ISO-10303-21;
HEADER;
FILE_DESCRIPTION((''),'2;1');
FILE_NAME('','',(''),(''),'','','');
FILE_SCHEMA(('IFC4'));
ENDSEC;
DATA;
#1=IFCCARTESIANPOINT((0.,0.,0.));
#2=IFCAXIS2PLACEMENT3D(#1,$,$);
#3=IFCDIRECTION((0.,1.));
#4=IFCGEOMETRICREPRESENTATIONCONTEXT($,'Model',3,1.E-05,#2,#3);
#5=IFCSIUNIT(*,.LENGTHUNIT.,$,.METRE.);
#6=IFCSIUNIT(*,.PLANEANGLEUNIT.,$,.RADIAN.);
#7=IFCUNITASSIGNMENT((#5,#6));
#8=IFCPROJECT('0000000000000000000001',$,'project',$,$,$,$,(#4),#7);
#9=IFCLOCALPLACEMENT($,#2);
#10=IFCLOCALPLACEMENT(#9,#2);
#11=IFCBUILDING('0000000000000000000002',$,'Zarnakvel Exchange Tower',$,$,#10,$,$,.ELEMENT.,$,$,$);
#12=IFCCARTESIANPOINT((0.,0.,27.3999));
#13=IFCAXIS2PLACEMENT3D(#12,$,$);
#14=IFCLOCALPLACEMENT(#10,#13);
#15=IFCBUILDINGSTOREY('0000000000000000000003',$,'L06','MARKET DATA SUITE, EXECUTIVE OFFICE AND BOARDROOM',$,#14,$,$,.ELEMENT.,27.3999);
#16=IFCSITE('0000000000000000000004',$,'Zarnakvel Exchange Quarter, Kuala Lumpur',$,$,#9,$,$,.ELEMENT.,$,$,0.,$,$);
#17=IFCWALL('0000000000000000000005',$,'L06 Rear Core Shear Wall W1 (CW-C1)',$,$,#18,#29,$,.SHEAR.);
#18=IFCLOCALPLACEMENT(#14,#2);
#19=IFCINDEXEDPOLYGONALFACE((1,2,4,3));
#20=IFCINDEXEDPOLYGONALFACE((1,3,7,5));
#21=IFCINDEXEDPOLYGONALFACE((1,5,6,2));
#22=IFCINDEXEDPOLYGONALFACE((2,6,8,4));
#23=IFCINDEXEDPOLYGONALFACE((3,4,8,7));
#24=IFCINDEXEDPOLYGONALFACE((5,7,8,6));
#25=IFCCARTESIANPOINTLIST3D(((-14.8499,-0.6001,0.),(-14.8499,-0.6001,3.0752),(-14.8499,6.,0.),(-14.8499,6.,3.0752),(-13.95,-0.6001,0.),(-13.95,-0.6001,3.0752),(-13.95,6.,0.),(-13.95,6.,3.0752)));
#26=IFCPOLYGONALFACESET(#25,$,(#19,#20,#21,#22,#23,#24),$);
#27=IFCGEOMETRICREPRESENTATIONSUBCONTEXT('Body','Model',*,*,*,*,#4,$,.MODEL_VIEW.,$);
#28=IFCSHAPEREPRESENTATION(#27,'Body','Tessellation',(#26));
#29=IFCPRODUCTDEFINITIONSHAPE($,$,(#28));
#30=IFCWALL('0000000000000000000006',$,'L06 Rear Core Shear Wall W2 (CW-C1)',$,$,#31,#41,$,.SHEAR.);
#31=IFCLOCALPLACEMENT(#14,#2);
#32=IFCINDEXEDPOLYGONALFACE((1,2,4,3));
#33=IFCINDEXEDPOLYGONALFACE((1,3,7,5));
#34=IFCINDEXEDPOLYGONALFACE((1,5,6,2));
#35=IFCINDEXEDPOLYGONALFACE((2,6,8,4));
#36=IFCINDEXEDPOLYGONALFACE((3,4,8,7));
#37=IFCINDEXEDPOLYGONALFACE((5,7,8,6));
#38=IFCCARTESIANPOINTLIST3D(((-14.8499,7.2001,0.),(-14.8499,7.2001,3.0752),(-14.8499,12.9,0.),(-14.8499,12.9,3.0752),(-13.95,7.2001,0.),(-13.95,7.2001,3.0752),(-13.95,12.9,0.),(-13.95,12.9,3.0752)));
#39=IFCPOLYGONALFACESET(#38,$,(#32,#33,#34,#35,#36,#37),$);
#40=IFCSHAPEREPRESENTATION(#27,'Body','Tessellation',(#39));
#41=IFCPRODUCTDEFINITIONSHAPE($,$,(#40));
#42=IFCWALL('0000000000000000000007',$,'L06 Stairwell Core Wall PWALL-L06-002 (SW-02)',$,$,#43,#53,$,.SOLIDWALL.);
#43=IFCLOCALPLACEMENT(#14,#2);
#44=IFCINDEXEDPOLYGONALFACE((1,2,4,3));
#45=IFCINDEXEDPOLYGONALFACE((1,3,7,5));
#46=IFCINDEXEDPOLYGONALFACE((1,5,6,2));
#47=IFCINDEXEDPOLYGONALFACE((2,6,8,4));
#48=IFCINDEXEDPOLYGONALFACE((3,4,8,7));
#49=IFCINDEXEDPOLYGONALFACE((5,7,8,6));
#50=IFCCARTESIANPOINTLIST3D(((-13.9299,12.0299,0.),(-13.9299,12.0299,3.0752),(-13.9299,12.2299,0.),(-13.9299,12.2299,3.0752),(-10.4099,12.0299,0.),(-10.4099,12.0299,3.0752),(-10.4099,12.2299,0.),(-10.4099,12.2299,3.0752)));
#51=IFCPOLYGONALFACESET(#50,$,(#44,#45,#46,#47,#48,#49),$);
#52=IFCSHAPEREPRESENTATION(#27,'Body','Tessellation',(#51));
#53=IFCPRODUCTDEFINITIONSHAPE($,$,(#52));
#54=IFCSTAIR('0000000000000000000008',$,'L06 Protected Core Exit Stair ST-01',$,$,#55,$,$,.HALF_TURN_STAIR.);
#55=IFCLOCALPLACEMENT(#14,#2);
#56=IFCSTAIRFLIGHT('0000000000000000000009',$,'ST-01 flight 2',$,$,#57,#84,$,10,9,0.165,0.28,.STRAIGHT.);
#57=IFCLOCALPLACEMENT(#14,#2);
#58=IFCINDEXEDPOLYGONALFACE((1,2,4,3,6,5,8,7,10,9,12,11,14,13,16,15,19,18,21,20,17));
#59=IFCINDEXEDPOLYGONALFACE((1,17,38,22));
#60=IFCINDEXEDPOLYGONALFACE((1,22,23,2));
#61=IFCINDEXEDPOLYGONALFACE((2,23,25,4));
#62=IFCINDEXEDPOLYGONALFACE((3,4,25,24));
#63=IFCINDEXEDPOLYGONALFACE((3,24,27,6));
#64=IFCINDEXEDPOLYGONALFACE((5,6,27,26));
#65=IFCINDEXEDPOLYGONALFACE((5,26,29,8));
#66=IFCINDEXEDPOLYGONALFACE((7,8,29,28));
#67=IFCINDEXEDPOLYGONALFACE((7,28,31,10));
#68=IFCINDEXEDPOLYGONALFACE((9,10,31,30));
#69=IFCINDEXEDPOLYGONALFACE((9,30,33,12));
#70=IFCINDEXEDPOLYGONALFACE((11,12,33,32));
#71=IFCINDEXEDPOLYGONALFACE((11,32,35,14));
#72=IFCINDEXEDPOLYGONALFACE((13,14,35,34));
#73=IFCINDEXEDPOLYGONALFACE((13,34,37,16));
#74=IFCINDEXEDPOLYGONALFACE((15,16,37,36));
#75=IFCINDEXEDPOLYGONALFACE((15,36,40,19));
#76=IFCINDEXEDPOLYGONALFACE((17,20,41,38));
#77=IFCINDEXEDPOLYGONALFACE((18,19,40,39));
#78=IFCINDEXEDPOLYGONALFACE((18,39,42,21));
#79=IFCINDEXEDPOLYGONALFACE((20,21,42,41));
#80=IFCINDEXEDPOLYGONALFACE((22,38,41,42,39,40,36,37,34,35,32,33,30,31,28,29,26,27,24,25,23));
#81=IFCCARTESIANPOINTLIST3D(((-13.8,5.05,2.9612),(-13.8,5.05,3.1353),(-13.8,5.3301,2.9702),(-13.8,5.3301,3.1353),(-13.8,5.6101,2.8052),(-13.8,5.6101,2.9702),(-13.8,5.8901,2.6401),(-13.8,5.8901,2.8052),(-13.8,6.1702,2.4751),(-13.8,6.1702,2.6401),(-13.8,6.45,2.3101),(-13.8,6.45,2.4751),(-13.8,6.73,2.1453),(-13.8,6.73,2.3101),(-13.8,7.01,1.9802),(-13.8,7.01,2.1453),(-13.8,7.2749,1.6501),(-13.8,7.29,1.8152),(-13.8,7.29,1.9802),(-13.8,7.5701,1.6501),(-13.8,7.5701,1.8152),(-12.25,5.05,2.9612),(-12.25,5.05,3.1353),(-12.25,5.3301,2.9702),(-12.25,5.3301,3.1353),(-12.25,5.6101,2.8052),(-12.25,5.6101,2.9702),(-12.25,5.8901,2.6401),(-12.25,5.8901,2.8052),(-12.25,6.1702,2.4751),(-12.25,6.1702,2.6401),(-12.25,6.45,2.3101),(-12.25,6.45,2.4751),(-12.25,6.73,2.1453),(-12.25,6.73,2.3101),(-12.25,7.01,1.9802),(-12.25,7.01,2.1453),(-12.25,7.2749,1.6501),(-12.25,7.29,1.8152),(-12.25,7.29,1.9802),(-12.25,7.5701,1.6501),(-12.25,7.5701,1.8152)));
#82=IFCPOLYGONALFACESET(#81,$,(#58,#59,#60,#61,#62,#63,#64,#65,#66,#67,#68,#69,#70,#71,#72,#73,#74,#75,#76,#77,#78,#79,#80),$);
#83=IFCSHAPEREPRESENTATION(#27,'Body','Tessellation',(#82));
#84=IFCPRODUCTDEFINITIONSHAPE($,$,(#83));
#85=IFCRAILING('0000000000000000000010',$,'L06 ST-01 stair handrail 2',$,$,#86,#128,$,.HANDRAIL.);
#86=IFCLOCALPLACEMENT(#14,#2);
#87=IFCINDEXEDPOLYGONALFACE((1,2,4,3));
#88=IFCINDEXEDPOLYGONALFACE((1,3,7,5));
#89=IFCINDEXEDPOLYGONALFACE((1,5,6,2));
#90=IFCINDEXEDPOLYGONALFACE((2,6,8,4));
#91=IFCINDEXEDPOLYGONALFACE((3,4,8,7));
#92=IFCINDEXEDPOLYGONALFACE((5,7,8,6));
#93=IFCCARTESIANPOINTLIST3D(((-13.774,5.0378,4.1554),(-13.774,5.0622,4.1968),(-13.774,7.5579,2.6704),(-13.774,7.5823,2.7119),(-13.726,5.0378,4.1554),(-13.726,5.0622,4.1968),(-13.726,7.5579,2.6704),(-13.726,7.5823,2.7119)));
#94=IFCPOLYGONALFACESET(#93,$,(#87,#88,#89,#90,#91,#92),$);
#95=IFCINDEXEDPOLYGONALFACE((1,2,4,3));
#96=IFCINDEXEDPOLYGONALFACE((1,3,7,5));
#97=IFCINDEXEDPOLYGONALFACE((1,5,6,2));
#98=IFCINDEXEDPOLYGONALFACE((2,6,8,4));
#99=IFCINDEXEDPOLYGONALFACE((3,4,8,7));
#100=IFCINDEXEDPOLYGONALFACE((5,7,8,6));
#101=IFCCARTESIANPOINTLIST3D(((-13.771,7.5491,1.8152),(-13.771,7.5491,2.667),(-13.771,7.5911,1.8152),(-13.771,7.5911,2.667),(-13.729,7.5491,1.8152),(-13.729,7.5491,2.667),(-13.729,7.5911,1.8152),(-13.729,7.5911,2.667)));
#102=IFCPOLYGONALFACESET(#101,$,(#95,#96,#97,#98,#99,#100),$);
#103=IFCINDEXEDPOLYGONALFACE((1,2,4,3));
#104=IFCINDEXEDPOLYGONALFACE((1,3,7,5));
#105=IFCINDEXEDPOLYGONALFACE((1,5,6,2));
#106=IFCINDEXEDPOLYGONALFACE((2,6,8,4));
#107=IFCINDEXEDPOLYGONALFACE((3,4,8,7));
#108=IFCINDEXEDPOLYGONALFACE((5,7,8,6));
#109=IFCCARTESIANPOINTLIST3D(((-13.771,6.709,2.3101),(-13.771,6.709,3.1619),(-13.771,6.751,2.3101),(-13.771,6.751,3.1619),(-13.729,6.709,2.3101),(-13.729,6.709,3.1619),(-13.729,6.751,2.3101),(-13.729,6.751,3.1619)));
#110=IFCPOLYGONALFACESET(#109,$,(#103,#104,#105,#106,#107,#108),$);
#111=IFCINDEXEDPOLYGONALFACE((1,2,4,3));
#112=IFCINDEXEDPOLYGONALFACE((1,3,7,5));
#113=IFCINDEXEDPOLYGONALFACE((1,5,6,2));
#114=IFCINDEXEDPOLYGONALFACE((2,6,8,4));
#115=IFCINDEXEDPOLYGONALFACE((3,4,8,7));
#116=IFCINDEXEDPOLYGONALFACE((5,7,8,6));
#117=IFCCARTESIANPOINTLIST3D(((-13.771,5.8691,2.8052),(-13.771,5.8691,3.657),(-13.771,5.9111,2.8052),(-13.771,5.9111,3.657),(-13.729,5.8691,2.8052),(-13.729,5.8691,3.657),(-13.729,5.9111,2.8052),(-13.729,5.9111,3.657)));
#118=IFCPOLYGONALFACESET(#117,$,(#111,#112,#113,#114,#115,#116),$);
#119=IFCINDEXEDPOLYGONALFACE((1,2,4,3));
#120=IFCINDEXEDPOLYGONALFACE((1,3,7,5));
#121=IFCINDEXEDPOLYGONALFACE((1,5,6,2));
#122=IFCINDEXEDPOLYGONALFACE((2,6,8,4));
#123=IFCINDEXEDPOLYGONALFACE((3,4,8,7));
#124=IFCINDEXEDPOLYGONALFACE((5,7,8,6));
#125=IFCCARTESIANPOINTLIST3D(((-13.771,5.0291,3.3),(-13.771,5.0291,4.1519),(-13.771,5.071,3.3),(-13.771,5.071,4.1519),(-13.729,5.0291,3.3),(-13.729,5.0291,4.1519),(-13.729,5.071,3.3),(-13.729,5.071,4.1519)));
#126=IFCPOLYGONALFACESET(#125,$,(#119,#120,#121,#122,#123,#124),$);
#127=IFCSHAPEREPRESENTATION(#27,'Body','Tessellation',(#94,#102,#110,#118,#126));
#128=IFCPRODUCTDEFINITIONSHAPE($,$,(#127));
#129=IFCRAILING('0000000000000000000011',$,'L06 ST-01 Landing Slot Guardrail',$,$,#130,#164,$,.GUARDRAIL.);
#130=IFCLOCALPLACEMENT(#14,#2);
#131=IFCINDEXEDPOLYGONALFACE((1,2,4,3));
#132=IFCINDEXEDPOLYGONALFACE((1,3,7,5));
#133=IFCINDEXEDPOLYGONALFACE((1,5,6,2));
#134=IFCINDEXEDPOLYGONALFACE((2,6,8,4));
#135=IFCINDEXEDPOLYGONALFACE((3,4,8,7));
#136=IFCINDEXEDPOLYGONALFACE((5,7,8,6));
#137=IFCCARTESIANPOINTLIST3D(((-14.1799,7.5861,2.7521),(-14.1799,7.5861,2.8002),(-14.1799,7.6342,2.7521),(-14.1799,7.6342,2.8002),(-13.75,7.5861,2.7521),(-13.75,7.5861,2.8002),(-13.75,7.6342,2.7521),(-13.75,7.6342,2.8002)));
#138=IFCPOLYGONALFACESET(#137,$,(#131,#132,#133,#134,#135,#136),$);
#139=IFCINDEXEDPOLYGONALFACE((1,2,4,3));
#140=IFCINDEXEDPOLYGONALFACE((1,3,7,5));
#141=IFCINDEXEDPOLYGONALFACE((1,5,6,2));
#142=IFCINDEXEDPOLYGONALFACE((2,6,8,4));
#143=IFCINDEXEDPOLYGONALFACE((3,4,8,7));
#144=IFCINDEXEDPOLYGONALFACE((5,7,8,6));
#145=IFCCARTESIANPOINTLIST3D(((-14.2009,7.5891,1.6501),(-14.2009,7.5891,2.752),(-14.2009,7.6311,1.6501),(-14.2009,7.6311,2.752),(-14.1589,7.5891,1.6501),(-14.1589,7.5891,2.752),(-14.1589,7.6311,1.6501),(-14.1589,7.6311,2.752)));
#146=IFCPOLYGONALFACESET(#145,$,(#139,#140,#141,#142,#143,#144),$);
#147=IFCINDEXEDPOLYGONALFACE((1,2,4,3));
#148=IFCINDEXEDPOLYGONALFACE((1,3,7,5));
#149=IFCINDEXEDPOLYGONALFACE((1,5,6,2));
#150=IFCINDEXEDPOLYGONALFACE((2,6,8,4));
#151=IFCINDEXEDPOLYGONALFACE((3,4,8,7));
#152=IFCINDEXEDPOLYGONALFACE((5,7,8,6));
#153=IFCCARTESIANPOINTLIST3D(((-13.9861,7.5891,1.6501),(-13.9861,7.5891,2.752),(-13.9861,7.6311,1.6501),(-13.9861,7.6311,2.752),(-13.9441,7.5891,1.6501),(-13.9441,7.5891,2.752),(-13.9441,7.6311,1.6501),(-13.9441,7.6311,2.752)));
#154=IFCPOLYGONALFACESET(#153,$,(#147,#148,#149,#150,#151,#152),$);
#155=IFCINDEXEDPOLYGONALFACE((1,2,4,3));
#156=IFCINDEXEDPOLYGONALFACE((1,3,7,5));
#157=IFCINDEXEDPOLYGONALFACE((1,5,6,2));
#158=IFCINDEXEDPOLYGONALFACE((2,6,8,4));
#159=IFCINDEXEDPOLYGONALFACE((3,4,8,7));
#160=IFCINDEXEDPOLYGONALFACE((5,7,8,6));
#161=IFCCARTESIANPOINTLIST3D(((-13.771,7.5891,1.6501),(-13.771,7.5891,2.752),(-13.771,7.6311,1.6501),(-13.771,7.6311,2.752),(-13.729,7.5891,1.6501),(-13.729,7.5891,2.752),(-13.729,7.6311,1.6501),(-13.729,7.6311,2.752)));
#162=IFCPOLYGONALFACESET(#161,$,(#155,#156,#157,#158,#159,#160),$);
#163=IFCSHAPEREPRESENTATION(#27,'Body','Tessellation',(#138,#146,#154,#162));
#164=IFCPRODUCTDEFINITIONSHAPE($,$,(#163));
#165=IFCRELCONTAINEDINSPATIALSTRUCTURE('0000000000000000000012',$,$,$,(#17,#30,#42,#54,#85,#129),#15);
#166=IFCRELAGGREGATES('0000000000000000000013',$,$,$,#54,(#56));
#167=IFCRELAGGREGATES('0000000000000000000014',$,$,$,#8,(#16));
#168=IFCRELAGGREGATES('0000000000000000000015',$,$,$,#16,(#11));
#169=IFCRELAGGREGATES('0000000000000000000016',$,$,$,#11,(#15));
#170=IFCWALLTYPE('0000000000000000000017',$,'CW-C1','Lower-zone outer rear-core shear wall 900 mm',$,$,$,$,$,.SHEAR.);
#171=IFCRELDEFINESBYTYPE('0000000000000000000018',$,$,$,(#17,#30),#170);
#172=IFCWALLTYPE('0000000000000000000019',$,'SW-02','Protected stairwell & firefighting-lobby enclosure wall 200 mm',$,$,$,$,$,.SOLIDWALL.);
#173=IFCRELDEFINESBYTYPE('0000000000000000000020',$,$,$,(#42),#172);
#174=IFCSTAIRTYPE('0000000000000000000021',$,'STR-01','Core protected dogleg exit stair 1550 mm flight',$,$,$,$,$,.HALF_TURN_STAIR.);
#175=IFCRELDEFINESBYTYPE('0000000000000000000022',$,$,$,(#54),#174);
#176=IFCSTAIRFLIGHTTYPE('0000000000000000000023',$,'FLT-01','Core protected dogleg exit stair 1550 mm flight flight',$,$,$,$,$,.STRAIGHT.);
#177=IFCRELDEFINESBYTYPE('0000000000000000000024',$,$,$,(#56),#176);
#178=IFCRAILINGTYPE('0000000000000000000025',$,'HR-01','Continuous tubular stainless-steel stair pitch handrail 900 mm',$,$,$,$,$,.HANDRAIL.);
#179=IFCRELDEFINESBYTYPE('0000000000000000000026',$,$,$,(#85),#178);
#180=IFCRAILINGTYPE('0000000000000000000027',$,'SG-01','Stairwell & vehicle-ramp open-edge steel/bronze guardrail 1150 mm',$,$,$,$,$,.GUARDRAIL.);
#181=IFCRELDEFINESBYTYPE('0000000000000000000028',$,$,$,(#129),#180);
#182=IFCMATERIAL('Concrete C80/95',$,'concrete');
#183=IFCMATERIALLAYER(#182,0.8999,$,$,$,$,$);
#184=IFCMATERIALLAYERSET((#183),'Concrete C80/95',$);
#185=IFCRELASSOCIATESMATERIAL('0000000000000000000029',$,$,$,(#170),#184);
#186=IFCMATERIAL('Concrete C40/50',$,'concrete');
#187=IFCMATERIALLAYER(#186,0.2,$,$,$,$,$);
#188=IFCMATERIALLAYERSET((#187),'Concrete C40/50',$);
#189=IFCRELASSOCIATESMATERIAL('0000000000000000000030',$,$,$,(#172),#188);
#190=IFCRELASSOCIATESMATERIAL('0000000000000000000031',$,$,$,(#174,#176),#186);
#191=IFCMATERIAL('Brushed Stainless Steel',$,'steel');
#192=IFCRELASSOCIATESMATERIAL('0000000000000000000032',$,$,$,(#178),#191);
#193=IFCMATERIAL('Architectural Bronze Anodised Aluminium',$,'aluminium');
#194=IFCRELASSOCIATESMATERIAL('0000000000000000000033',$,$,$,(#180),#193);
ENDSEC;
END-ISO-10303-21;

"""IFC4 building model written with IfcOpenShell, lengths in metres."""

from ifc_helpers import new_model, si_unit, direction, frame, frame_2d, origin, origin_2d, place, context, subcontext, project, spatial, polyline, rectangle, outline, extrude, material, layer, layer_set, type_object, element, aggregate, save


model = new_model("IFC4")

# Units and contexts
model_context = context("Model", 3, precision=1e-05, world=origin(), true_north=direction((0.0, 1.0)))
body_context = subcontext(model_context, "Body", "Model", "MODEL_VIEW")
ifc_project = project(units=[si_unit("LENGTHUNIT", "METRE"), si_unit("PLANEANGLEUNIT", "RADIAN")], contexts=[model_context])

# Site, building, storey
site_placement = place(None, origin())
site = spatial("IfcSite", under=ifc_project, at=site_placement, Name="Zarnakvel Exchange Quarter, Kuala Lumpur", CompositionType="ELEMENT", RefElevation=0.0)
building_placement = place(site_placement, origin())
building = spatial("IfcBuilding", under=site, at=building_placement, Name="Zarnakvel Exchange Tower", CompositionType="ELEMENT")
storey_placement = place(building_placement, frame((0.0, 0.0, 27.3999)))
storey = spatial("IfcBuildingStorey", under=building, at=storey_placement, Name="L06", Description="MARKET DATA SUITE, EXECUTIVE OFFICE AND BOARDROOM", CompositionType="ELEMENT", Elevation=27.3999)

# Shared definitions
ifc_material_1 = material(Name="Concrete C80/95", Category="concrete")

# Shared definitions
ifc_material_2 = material(Name="Architectural Bronze Anodised Aluminium", Category="aluminium")

# Walls
ifc_layer_1 = layer(ifc_material_1, 0.8999)
ifc_layer_set_1 = layer_set([ifc_layer_1], Name="Concrete C80/95")
wall_type_1 = type_object("IfcWallType", Name="CW-C1", Description="Lower-zone outer rear-core shear wall 900 mm", PredefinedType="SHEAR", material=ifc_layer_set_1)
wall_1_placement = place(storey_placement, frame((-14.3999, -0.6001, 0.0), z_axis=(0.0, 0.0, 1.0), x_axis=(0.0, 1.0, 0.0)))
element("IfcWall", 1, at=wall_1_placement, inside=storey, type_object=wall_type_1, Name="L06 Rear Core Shear Wall W1 (CW-C1)", PredefinedType="SHEAR", context=body_context, shape_type="SweptSolid", body=[
    extrude(rectangle(XDim=6.6001, YDim=0.8999, at=frame_2d((3.3, 0.0))), origin(), (0.0, 0.0, 1.0), 3.0752),
])
wall_2_placement = place(storey_placement, frame((-14.3999, 7.2, 0.0), z_axis=(0.0, 0.0, 1.0), x_axis=(0.0, 1.0, 0.0)))
element("IfcWall", 2, at=wall_2_placement, inside=storey, type_object=wall_type_1, Name="L06 Rear Core Shear Wall W2 (CW-C1)", PredefinedType="SHEAR", context=body_context, shape_type="SweptSolid", body=[
    extrude(rectangle(XDim=5.7, YDim=0.8999, at=frame_2d((2.8501, 0.0))), origin(), (0.0, 0.0, 1.0), 3.0752),
])
ifc_material_3 = material(Name="Concrete C40/50", Category="concrete")
ifc_layer_2 = layer(ifc_material_3, 0.2)
ifc_layer_set_2 = layer_set([ifc_layer_2], Name="Concrete C40/50")
wall_type_2 = type_object("IfcWallType", Name="SW-02", Description="Protected stairwell & firefighting-lobby enclosure wall 200 mm", PredefinedType="SOLIDWALL", material=ifc_layer_set_2)
wall_3_placement = place(storey_placement, frame((-13.9299, 12.1299, 0.0), z_axis=(0.0, 0.0, 1.0), x_axis=(1.0, 0.0, 0.0)))
element("IfcWall", 3, at=wall_3_placement, inside=storey, type_object=wall_type_2, Name="L06 Stairwell Core Wall PWALL-L06-002 (SW-02)", PredefinedType="SOLIDWALL", context=body_context, shape_type="SweptSolid", body=[
    extrude(rectangle(XDim=3.52, YDim=0.2, at=frame_2d((1.76, 0.0))), origin(), (0.0, 0.0, 1.0), 3.0752),
])

# Stair, stair flight
stair_type = type_object("IfcStairType", Name="STR-01", Description="Core protected dogleg exit stair 1550 mm flight", PredefinedType="HALF_TURN_STAIR", material=ifc_material_3)
stair_placement = place(storey_placement, origin())
stair = element("IfcStair", 4, at=stair_placement, inside=storey, type_object=stair_type, Name="L06 Protected Core Exit Stair ST-01", PredefinedType="HALF_TURN_STAIR")
stair_flight_type = type_object("IfcStairFlightType", Name="FLT-01", Description="Core protected dogleg exit stair 1550 mm flight flight", PredefinedType="STRAIGHT", material=ifc_material_3)
stair_flight_placement = place(storey_placement, frame((-13.0249, 7.5701, 1.6501), z_axis=(0.0, 0.0, 1.0), x_axis=(0.0, -1.0, 0.0)))
stair_flight = element("IfcStairFlight", 5, at=stair_flight_placement, type_object=stair_flight_type, Name="ST-01 flight 2", NumberOfRisers=10, NumberOfTreads=9, PredefinedType="STRAIGHT", RiserHeight=0.165, TreadLength=0.28, context=body_context, shape_type="SweptSolid", body=[
    extrude(outline(polyline([(0.0, 0.0), (0.0, 0.165), (0.28, 0.165), (0.28, 0.3301), (0.5601, 0.3301), (0.5601, 0.4951), (0.8401, 0.4951), (0.8401, 0.6599), (1.1201, 0.6599), (1.1201, 0.825), (1.3999, 0.825), (1.3999, 0.99), (1.6799, 0.99), (1.6799, 1.155), (1.96, 1.155), (1.96, 1.3201), (2.24, 1.3201), (2.24, 1.4851), (2.52, 1.4851), (2.52, 1.6499), (2.52, 1.311), (0.2952, 0.0), (0.0, 0.0)])), frame((0.0, 0.7749, 0.0), z_axis=(0.0, -1.0, 0.0), x_axis=(1.0, 0.0, 0.0)), (0.0, 0.0, 1.0), 1.55),
])
aggregate(stair, [stair_flight])

# Railings
ifc_material_4 = material(Name="Brushed Stainless Steel", Category="steel")
railing_type_1 = type_object("IfcRailingType", Name="HR-01", Description="Continuous tubular stainless-steel stair pitch handrail 900 mm", PredefinedType="HANDRAIL", material=ifc_material_4)
railing_1_placement = place(storey_placement, frame((-13.75, 7.5701, 1.8152)))
element("IfcRailing", 6, at=railing_1_placement, inside=storey, type_object=railing_type_1, Name="L06 ST-01 stair handrail 2", PredefinedType="HANDRAIL", context=body_context, shape_type="SweptSolid", body=[
    extrude(rectangle(XDim=0.0481, YDim=0.0481, at=origin_2d()), frame((0.0, 0.0, 0.876), z_axis=(0.0, -0.861561, 0.507655), x_axis=(1.0, 0.0, 0.0)), (0.0, 0.0, 1.0), 2.925),
    extrude(rectangle(XDim=0.042, YDim=0.042, at=origin_2d()), origin(), (0.0, 0.0, 1.0), 0.8518),
    extrude(rectangle(XDim=0.042, YDim=0.042, at=origin_2d()), frame((0.0, -0.8401, 0.4949)), (0.0, 0.0, 1.0), 0.8518),
    extrude(rectangle(XDim=0.042, YDim=0.042, at=origin_2d()), frame((0.0, -1.6799, 0.99)), (0.0, 0.0, 1.0), 0.8518),
    extrude(rectangle(XDim=0.042, YDim=0.042, at=origin_2d()), frame((0.0, -2.52, 1.4849)), (0.0, 0.0, 1.0), 0.8518),
])
railing_type_2 = type_object("IfcRailingType", Name="SG-01", Description="Stairwell & vehicle-ramp open-edge steel/bronze guardrail 1150 mm", PredefinedType="GUARDRAIL", material=ifc_material_2)
railing_2_placement = place(storey_placement, frame((-14.1799, 7.6101, 1.6501)))
element("IfcRailing", 7, at=railing_2_placement, inside=storey, type_object=railing_type_2, Name="L06 ST-01 Landing Slot Guardrail", PredefinedType="GUARDRAIL", context=body_context, shape_type="SweptSolid", body=[
    extrude(rectangle(XDim=0.0481, YDim=0.0481, at=origin_2d()), frame((0.0, 0.0, 1.126), z_axis=(1.0, 0.0, 0.0), x_axis=(0.0, 1.0, 0.0)), (0.0, 0.0, 1.0), 0.4299),
    extrude(rectangle(XDim=0.042, YDim=0.042, at=origin_2d()), origin(), (0.0, 0.0, 1.0), 1.1018),
    extrude(rectangle(XDim=0.042, YDim=0.042, at=origin_2d()), frame((0.2148, 0.0, 0.0)), (0.0, 0.0, 1.0), 1.1018),
    extrude(rectangle(XDim=0.042, YDim=0.042, at=origin_2d()), frame((0.4299, 0.0, 0.0)), (0.0, 0.0, 1.0), 1.1018),
])

save(model, "model.ifc")
